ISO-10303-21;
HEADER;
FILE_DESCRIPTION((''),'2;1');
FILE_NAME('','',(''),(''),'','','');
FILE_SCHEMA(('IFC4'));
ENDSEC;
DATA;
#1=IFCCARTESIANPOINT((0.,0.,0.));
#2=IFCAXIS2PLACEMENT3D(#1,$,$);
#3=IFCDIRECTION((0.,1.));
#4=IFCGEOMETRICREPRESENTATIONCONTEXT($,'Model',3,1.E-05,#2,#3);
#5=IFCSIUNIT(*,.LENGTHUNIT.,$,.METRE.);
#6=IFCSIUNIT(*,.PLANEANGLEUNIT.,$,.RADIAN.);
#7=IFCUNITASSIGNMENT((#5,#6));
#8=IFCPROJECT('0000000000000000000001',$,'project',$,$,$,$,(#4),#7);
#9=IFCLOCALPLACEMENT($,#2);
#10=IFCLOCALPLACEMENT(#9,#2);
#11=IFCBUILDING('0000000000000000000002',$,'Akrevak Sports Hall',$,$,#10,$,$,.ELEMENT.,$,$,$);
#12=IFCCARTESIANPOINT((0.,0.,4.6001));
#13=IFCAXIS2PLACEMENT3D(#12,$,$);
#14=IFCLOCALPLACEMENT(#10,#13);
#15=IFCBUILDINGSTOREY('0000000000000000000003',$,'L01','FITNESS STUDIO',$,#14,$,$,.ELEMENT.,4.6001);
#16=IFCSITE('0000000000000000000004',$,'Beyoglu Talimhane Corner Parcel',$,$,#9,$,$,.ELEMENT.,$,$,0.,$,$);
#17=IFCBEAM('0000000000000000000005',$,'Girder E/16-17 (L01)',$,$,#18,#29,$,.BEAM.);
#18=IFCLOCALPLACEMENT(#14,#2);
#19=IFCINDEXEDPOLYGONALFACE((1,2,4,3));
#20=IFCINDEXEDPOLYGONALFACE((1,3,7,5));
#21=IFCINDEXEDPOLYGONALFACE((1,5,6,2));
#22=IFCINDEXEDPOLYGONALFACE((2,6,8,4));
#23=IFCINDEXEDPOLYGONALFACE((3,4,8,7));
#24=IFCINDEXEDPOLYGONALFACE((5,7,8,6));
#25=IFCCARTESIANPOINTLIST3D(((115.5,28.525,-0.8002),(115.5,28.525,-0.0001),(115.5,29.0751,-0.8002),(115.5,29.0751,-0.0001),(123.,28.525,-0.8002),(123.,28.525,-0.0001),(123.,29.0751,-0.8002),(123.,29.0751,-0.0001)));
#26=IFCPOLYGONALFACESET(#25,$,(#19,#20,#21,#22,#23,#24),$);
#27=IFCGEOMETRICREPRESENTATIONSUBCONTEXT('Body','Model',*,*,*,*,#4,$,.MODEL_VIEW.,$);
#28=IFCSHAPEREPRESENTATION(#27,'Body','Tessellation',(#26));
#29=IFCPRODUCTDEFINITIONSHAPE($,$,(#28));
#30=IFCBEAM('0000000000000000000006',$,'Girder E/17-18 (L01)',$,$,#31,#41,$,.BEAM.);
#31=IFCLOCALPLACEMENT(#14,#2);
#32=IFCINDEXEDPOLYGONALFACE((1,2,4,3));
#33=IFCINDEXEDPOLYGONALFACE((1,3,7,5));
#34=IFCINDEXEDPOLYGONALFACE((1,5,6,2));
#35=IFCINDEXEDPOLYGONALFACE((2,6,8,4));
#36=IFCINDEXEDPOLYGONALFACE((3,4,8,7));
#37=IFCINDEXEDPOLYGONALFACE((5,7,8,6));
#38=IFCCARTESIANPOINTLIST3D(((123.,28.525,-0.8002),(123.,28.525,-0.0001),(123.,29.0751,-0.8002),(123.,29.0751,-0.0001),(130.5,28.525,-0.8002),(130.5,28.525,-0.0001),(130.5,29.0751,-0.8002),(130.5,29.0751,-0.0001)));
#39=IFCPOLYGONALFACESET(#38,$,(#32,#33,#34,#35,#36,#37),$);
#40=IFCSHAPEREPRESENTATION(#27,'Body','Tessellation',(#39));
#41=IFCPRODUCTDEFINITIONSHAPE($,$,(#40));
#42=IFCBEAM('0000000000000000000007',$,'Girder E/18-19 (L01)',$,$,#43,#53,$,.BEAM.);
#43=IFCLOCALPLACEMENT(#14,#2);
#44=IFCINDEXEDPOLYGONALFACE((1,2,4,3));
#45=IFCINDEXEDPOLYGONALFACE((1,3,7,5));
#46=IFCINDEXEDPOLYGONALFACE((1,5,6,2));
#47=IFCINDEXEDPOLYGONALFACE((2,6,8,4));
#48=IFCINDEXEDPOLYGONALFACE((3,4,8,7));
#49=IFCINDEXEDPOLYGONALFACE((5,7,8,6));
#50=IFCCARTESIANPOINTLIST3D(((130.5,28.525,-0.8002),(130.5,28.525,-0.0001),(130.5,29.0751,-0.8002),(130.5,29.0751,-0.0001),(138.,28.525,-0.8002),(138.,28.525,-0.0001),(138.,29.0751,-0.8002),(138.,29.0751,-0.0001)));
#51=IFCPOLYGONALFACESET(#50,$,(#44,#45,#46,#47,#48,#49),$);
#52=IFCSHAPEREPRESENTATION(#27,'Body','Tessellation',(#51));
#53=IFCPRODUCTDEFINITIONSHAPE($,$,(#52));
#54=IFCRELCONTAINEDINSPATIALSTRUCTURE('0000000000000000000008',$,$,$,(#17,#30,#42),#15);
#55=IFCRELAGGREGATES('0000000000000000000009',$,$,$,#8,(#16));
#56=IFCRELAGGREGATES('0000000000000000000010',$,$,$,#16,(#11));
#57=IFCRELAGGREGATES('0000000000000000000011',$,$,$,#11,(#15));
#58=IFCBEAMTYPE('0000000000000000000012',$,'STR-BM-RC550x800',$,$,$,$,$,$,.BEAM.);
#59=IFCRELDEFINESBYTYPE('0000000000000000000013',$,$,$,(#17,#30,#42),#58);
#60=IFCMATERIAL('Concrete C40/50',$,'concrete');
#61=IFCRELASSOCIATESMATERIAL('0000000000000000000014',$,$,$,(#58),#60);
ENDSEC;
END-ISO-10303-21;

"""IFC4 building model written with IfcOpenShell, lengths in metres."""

from ifc_helpers import new_model, si_unit, direction, frame, origin, origin_2d, place, context, subcontext, project, spatial, rectangle, extrude, material, material_profile, profile_set, type_object, element, save


model = new_model("IFC4")

# Units and contexts
model_context = context("Model", 3, precision=1e-05, world=origin(), true_north=direction((0.0, 1.0)))
body_context = subcontext(model_context, "Body", "Model", "MODEL_VIEW")
ifc_project = project(units=[si_unit("LENGTHUNIT", "METRE"), si_unit("PLANEANGLEUNIT", "RADIAN")], contexts=[model_context])

# Site, building, storey
site_placement = place(None, origin())
site = spatial("IfcSite", under=ifc_project, at=site_placement, Name="Beyoglu Talimhane Corner Parcel", CompositionType="ELEMENT", RefElevation=0.0)
building_placement = place(site_placement, origin())
building = spatial("IfcBuilding", under=site, at=building_placement, Name="Akrevak Sports Hall", CompositionType="ELEMENT")
storey_placement = place(building_placement, frame((0.0, 0.0, 4.6001)))
storey = spatial("IfcBuildingStorey", under=building, at=storey_placement, Name="L01", Description="FITNESS STUDIO", CompositionType="ELEMENT", Elevation=4.6001)

# Shared definitions
ifc_material_1 = material(Name="Concrete C40/50", Category="concrete")

# Beams
ifc_material_profile_1 = material_profile(ifc_material_1, rectangle(XDim=0.55, YDim=0.8, at=origin_2d()), Name="BM 550x800", Category="concrete")
ifc_profile_set_1 = profile_set([ifc_material_profile_1], Name="Concrete C40/50")
beam_type_1 = type_object("IfcBeamType", Name="STR-BM-RC550x800", PredefinedType="BEAM", material=ifc_profile_set_1)
for number, where, z_axis, x_axis, name in (
    (1, (115.5, 28.8, -0.4001), (1.0, 0.0, 0.0), (0.0, 1.0, 0.0), "Girder E/16-17 (L01)"),
    (2, (123.0, 28.8, -0.4001), (1.0, 0.0, 0.0), (0.0, 1.0, 0.0), "Girder E/17-18 (L01)"),
    (3, (130.5, 28.8, -0.4001), (1.0, 0.0, 0.0), (0.0, 1.0, 0.0), "Girder E/18-19 (L01)"),
):
    element("IfcBeam", number, at=place(storey_placement, frame(where, z_axis=z_axis, x_axis=x_axis)), inside=storey, type_object=beam_type_1, Name=name, PredefinedType="BEAM", context=body_context, shape_type="SweptSolid", body=[
        extrude(rectangle(XDim=0.55, YDim=0.8, at=origin_2d()), origin(), (0.0, 0.0, 1.0), 7.5),
    ])

save(model, "model.ifc")
